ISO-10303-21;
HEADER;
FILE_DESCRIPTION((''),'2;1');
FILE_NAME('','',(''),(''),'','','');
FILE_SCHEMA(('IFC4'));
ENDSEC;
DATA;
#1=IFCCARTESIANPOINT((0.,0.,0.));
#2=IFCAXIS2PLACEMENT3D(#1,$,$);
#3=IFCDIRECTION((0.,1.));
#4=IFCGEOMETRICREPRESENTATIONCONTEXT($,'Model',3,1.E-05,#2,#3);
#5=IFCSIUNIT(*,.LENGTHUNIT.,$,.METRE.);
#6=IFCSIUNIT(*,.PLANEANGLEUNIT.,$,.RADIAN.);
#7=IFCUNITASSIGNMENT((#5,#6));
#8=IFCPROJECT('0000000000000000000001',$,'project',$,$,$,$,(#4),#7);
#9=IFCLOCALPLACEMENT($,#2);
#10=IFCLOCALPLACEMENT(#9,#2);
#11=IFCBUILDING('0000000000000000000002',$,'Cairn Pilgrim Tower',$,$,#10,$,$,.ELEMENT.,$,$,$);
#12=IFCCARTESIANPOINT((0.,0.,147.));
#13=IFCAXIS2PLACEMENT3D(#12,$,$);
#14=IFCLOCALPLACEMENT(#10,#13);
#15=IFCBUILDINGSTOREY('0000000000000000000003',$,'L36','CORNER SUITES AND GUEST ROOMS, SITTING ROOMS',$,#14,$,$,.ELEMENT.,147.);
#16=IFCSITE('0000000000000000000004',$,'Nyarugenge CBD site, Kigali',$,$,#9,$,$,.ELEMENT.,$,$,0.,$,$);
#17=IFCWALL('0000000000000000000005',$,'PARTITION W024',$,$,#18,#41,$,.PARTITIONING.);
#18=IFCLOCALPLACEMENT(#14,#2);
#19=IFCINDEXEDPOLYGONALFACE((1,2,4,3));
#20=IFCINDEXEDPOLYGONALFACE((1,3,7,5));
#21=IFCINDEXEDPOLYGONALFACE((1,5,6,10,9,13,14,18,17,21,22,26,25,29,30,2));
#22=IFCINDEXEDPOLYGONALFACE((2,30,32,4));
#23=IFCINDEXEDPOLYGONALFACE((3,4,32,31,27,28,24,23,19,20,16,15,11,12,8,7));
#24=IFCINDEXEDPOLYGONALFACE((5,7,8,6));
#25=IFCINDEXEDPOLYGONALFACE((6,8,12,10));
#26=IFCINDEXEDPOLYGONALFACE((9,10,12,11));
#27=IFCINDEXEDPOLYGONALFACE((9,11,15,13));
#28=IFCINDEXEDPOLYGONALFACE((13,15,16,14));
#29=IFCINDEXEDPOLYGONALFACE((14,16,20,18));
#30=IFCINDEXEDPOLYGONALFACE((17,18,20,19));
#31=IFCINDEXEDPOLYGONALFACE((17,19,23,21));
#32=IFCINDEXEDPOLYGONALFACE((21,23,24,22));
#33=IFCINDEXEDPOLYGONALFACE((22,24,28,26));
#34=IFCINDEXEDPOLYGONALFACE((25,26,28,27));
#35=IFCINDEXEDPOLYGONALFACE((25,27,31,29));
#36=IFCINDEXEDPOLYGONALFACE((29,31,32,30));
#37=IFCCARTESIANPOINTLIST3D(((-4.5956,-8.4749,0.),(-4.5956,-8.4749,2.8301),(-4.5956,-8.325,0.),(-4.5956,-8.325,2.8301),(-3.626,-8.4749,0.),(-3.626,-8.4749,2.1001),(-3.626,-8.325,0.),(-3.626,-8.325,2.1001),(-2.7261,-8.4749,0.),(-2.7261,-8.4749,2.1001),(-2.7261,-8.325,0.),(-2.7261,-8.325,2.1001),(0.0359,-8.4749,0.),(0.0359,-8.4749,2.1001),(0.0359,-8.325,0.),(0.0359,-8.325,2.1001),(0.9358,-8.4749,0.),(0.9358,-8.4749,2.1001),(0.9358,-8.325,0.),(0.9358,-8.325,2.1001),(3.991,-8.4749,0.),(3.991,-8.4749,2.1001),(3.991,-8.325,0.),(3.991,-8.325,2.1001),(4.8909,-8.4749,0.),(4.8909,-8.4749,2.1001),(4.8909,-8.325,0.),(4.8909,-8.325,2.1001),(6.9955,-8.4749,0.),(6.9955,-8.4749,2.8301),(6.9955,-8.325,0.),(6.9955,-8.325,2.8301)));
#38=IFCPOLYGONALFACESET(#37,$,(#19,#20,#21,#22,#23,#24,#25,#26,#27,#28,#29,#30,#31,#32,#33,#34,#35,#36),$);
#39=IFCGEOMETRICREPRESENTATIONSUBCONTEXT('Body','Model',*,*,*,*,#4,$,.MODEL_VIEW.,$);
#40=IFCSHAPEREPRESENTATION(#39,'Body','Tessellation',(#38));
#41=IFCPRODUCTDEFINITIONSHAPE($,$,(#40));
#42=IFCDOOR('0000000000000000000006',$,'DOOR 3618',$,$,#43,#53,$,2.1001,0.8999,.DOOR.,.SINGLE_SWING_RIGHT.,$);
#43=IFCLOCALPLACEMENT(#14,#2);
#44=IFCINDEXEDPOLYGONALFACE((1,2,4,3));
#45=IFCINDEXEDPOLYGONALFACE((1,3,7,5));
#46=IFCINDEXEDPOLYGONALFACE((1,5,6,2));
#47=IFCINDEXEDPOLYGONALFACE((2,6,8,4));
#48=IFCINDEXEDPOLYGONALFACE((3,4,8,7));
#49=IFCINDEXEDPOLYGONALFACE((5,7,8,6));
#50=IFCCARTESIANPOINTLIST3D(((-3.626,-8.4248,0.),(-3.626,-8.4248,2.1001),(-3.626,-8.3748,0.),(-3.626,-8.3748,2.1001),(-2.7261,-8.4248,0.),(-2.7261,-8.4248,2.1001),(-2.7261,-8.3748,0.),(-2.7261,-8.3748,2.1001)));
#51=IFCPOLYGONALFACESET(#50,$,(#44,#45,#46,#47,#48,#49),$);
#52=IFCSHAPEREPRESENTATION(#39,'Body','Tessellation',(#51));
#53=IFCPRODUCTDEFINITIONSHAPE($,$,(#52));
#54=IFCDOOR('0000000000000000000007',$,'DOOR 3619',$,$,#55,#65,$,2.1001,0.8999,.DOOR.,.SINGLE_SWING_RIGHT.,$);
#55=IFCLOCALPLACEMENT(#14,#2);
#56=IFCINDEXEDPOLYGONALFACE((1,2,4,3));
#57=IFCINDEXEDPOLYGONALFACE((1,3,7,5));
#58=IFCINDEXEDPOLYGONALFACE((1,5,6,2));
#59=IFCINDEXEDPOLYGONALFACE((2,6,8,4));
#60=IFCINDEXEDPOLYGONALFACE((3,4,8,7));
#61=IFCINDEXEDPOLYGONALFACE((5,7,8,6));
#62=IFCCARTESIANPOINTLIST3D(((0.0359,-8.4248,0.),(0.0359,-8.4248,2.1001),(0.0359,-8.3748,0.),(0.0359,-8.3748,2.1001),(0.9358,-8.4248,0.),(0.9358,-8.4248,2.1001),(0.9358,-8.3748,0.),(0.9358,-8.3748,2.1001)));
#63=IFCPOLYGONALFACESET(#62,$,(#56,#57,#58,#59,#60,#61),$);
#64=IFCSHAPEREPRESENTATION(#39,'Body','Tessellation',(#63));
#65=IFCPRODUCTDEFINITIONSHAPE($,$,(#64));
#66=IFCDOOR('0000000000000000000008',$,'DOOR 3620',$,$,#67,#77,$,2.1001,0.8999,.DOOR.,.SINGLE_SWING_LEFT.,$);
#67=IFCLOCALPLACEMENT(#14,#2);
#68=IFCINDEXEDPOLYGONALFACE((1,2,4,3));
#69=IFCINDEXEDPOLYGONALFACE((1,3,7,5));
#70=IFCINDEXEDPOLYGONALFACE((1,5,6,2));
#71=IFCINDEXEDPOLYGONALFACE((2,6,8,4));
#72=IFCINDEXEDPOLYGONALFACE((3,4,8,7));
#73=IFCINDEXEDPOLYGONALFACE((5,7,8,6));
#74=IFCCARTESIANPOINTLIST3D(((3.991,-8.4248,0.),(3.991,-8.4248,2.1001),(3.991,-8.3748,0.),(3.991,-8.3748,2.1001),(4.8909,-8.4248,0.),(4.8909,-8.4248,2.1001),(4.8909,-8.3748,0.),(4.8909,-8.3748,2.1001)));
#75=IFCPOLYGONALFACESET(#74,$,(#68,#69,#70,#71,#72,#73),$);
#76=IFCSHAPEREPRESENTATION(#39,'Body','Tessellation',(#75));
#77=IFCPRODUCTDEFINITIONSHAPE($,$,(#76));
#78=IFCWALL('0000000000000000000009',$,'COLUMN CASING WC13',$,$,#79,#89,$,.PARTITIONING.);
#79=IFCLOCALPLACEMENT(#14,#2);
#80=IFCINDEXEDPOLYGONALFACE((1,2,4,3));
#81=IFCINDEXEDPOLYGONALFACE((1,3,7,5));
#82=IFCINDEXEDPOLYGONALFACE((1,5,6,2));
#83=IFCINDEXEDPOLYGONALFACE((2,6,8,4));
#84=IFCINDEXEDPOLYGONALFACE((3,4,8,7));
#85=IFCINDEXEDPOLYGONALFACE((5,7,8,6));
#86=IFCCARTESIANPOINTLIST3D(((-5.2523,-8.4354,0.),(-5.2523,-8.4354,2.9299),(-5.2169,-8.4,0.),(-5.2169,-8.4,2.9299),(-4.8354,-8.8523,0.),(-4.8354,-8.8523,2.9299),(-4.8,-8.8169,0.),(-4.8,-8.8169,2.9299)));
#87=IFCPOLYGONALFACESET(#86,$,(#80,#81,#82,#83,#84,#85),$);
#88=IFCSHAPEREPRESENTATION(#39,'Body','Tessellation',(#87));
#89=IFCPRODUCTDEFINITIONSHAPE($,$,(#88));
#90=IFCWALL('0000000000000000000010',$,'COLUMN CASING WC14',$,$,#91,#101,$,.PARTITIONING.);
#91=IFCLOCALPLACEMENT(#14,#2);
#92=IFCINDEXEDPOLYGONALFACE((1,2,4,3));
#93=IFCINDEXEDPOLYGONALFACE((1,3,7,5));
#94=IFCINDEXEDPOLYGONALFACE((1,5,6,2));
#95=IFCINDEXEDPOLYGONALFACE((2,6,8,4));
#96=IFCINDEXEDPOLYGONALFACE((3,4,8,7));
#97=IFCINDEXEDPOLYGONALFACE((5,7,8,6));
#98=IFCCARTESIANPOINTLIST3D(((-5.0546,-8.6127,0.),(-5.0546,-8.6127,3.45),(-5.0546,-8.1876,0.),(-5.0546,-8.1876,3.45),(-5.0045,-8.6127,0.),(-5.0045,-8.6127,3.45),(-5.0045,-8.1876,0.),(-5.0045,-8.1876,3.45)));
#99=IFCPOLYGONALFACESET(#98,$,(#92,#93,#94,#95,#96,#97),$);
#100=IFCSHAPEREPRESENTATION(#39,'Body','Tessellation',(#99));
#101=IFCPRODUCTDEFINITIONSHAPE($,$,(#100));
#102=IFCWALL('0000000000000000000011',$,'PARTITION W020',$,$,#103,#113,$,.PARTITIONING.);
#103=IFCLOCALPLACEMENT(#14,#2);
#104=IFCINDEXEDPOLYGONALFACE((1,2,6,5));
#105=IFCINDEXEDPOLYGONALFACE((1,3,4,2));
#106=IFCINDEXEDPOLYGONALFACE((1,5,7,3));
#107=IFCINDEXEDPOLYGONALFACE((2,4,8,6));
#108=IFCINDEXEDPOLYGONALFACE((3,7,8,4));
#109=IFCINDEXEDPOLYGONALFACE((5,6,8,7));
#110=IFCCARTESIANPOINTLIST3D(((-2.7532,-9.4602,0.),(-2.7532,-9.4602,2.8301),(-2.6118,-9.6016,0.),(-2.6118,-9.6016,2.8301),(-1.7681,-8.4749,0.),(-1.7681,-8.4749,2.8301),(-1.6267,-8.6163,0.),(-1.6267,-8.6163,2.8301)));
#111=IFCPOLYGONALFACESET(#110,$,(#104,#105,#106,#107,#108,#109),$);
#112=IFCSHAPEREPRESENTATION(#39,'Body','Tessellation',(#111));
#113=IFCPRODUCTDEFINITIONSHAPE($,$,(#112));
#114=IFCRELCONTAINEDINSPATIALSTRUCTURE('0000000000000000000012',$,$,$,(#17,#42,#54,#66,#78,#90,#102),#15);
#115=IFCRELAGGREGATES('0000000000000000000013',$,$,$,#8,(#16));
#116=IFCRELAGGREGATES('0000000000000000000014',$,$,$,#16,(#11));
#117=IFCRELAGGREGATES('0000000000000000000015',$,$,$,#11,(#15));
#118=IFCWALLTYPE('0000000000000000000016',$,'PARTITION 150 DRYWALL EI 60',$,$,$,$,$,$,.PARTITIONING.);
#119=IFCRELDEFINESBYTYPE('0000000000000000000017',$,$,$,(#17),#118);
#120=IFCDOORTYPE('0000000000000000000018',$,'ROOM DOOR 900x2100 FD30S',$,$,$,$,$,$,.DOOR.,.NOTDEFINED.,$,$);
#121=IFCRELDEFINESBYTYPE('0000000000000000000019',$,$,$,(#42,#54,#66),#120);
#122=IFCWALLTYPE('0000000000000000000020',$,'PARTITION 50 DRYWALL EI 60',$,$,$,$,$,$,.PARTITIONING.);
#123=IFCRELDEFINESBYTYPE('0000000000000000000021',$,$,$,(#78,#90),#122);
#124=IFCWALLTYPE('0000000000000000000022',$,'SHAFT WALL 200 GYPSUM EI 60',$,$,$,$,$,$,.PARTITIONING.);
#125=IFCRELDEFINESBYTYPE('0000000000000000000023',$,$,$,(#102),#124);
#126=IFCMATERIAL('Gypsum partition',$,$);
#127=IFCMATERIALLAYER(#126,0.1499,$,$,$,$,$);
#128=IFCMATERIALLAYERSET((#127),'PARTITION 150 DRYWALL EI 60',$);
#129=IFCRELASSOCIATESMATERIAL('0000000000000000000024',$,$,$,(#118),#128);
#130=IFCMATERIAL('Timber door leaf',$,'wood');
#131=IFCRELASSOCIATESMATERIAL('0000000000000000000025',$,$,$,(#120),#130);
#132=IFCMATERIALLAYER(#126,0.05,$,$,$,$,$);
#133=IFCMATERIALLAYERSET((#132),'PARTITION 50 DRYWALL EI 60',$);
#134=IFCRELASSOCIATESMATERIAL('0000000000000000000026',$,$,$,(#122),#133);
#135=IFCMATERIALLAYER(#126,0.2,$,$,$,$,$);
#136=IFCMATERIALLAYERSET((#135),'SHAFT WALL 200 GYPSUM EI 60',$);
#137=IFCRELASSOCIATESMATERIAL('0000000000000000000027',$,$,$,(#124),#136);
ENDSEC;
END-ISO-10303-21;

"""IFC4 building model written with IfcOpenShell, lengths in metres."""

from ifc_helpers import new_model, si_unit, direction, frame, frame_2d, origin, place, context, subcontext, project, spatial, rectangle, extrude, material, layer, layer_set, type_object, element, fill, save


model = new_model("IFC4")

# Units and contexts
model_context = context("Model", 3, precision=1e-05, world=origin(), true_north=direction((0.0, 1.0)))
body_context = subcontext(model_context, "Body", "Model", "MODEL_VIEW")
ifc_project = project(units=[si_unit("LENGTHUNIT", "METRE"), si_unit("PLANEANGLEUNIT", "RADIAN")], contexts=[model_context])

# Site, building, storey
site_placement = place(None, origin())
site = spatial("IfcSite", under=ifc_project, at=site_placement, Name="Nyarugenge CBD site, Kigali", CompositionType="ELEMENT", RefElevation=0.0)
building_placement = place(site_placement, origin())
building = spatial("IfcBuilding", under=site, at=building_placement, Name="Cairn Pilgrim Tower", CompositionType="ELEMENT")
storey_placement = place(building_placement, frame((0.0, 0.0, 147.0)))
storey = spatial("IfcBuildingStorey", under=building, at=storey_placement, Name="L36", Description="CORNER SUITES AND GUEST ROOMS, SITTING ROOMS", CompositionType="ELEMENT", Elevation=147.0)

# Shared definitions
ifc_material_1 = material(Name="Gypsum partition")

# Shared definitions
ifc_material_2 = material(Name="Timber door leaf", Category="wood")

# Wall, openings, doors
ifc_layer_1 = layer(ifc_material_1, 0.1499)
ifc_layer_set_1 = layer_set([ifc_layer_1], Name="PARTITION 150 DRYWALL EI 60")
wall_type_1 = type_object("IfcWallType", Name="PARTITION 150 DRYWALL EI 60", PredefinedType="PARTITIONING", material=ifc_layer_set_1)
wall_1_placement = place(storey_placement, frame((-4.5955, -8.3999, 0.0), z_axis=(0.0, 0.0, 1.0), x_axis=(1.0, 0.0, 0.0)))
wall_1 = element("IfcWall", 1, at=wall_1_placement, inside=storey, type_object=wall_type_1, Name="PARTITION W024", PredefinedType="PARTITIONING", context=body_context, shape_type="SweptSolid", body=[
    extrude(rectangle(XDim=11.5911, YDim=0.1499, at=frame_2d((5.7954, 0.0))), origin(), (0.0, 0.0, 1.0), 2.8301),
])
opening_1_placement = place(wall_1_placement, frame((0.9695, 0.0, 0.0)))
opening_1 = element("IfcOpeningElement", 2, at=opening_1_placement, cuts=wall_1, PredefinedType="OPENING", context=body_context, shape_type="SweptSolid", body=[
    extrude(rectangle(XDim=0.8999, YDim=2.1001, at=frame_2d((0.45, 1.05))), frame((0.0, 0.085, 0.0), z_axis=(0.0, -1.0, 0.0), x_axis=(1.0, 0.0, 0.0)), (0.0, 0.0, 1.0), 0.1699),
])
opening_2_placement = place(wall_1_placement, frame((4.6313, 0.0, 0.0)))
opening_2 = element("IfcOpeningElement", 3, at=opening_2_placement, cuts=wall_1, PredefinedType="OPENING", context=body_context, shape_type="SweptSolid", body=[
    extrude(rectangle(XDim=0.8999, YDim=2.1001, at=frame_2d((0.45, 1.05))), frame((0.0, 0.085, 0.0), z_axis=(0.0, -1.0, 0.0), x_axis=(1.0, 0.0, 0.0)), (0.0, 0.0, 1.0), 0.1699),
])
opening_3_placement = place(wall_1_placement, frame((8.5864, 0.0, 0.0)))
opening_3 = element("IfcOpeningElement", 4, at=opening_3_placement, cuts=wall_1, PredefinedType="OPENING", context=body_context, shape_type="SweptSolid", body=[
    extrude(rectangle(XDim=0.8999, YDim=2.1001, at=frame_2d((0.45, 1.05))), frame((0.0, 0.085, 0.0), z_axis=(0.0, -1.0, 0.0), x_axis=(1.0, 0.0, 0.0)), (0.0, 0.0, 1.0), 0.1699),
])
door_type_1 = type_object("IfcDoorType", Name="ROOM DOOR 900x2100 FD30S", OperationType="NOTDEFINED", PredefinedType="DOOR", material=ifc_material_2)
door_1_placement = place(opening_1_placement, frame((0.8999, 0.0, 0.0), z_axis=(0.0, 0.0, 1.0), x_axis=(-1.0, 0.0, 0.0)))
door_1 = element("IfcDoor", 5, at=door_1_placement, inside=storey, type_object=door_type_1, Name="DOOR 3618", OperationType="SINGLE_SWING_RIGHT", OverallHeight=2.1001, OverallWidth=0.8999, PredefinedType="DOOR", context=body_context, shape_type="SweptSolid", body=[
    extrude(rectangle(XDim=0.8999, YDim=2.1001, at=frame_2d((0.45, 1.05))), frame((0.0, 0.0249, 0.0), z_axis=(0.0, -1.0, 0.0), x_axis=(1.0, 0.0, 0.0)), (0.0, 0.0, 1.0), 0.05),
])
fill(opening_1, door_1)
door_2_placement = place(opening_2_placement, frame((0.8999, 0.0, 0.0), z_axis=(0.0, 0.0, 1.0), x_axis=(-1.0, 0.0, 0.0)))
door_2 = element("IfcDoor", 6, at=door_2_placement, inside=storey, type_object=door_type_1, Name="DOOR 3619", OperationType="SINGLE_SWING_RIGHT", OverallHeight=2.1001, OverallWidth=0.8999, PredefinedType="DOOR", context=body_context, shape_type="SweptSolid", body=[
    extrude(rectangle(XDim=0.8999, YDim=2.1001, at=frame_2d((0.45, 1.05))), frame((0.0, 0.0249, 0.0), z_axis=(0.0, -1.0, 0.0), x_axis=(1.0, 0.0, 0.0)), (0.0, 0.0, 1.0), 0.05),
])
fill(opening_2, door_2)
door_3_placement = place(opening_3_placement, frame((0.8999, 0.0, 0.0), z_axis=(0.0, 0.0, 1.0), x_axis=(-1.0, 0.0, 0.0)))
door_3 = element("IfcDoor", 7, at=door_3_placement, inside=storey, type_object=door_type_1, Name="DOOR 3620", OperationType="SINGLE_SWING_LEFT", OverallHeight=2.1001, OverallWidth=0.8999, PredefinedType="DOOR", context=body_context, shape_type="SweptSolid", body=[
    extrude(rectangle(XDim=0.8999, YDim=2.1001, at=frame_2d((0.45, 1.05))), frame((0.0, 0.0249, 0.0), z_axis=(0.0, -1.0, 0.0), x_axis=(1.0, 0.0, 0.0)), (0.0, 0.0, 1.0), 0.05),
])
fill(opening_3, door_3)

# Walls
ifc_layer_2 = layer(ifc_material_1, 0.05)
ifc_layer_set_2 = layer_set([ifc_layer_2], Name="PARTITION 50 DRYWALL EI 60")
wall_type_2 = type_object("IfcWallType", Name="PARTITION 50 DRYWALL EI 60", PredefinedType="PARTITIONING", material=ifc_layer_set_2)
wall_2_placement = place(storey_placement, frame((-4.8176, -8.8347, 0.0), z_axis=(0.0, 0.0, 1.0), x_axis=(-0.707107, 0.707107, 0.0)))
element("IfcWall", 8, at=wall_2_placement, inside=storey, type_object=wall_type_2, Name="COLUMN CASING WC13", PredefinedType="PARTITIONING", context=body_context, shape_type="SweptSolid", body=[
    extrude(rectangle(XDim=0.5896, YDim=0.05, at=frame_2d((0.2949, 0.0))), origin(), (0.0, 0.0, 1.0), 2.9299),
])
wall_3_placement = place(storey_placement, frame((-5.0295, -8.6125, 0.0), z_axis=(0.0, 0.0, 1.0), x_axis=(0.0, 1.0, 0.0)))
element("IfcWall", 9, at=wall_3_placement, inside=storey, type_object=wall_type_2, Name="COLUMN CASING WC14", PredefinedType="PARTITIONING", context=body_context, shape_type="SweptSolid", body=[
    extrude(rectangle(XDim=0.425, YDim=0.05, at=frame_2d((0.2124, 0.0))), origin(), (0.0, 0.0, 1.0), 3.45),
])
ifc_layer_3 = layer(ifc_material_1, 0.2)
ifc_layer_set_3 = layer_set([ifc_layer_3], Name="SHAFT WALL 200 GYPSUM EI 60")
wall_type_3 = type_object("IfcWallType", Name="SHAFT WALL 200 GYPSUM EI 60", PredefinedType="PARTITIONING", material=ifc_layer_set_3)
wall_4_placement = place(storey_placement, frame((-2.6826, -9.531, 0.0), z_axis=(0.0, 0.0, 1.0), x_axis=(0.707019, 0.707194, 0.0)))
element("IfcWall", 10, at=wall_4_placement, inside=storey, type_object=wall_type_3, Name="PARTITION W020", PredefinedType="PARTITIONING", context=body_context, shape_type="SweptSolid", body=[
    extrude(rectangle(XDim=1.3933, YDim=0.2, at=frame_2d((0.6968, 0.0))), origin(), (0.0, 0.0, 1.0), 2.8301),
])

save(model, "model.ifc")
